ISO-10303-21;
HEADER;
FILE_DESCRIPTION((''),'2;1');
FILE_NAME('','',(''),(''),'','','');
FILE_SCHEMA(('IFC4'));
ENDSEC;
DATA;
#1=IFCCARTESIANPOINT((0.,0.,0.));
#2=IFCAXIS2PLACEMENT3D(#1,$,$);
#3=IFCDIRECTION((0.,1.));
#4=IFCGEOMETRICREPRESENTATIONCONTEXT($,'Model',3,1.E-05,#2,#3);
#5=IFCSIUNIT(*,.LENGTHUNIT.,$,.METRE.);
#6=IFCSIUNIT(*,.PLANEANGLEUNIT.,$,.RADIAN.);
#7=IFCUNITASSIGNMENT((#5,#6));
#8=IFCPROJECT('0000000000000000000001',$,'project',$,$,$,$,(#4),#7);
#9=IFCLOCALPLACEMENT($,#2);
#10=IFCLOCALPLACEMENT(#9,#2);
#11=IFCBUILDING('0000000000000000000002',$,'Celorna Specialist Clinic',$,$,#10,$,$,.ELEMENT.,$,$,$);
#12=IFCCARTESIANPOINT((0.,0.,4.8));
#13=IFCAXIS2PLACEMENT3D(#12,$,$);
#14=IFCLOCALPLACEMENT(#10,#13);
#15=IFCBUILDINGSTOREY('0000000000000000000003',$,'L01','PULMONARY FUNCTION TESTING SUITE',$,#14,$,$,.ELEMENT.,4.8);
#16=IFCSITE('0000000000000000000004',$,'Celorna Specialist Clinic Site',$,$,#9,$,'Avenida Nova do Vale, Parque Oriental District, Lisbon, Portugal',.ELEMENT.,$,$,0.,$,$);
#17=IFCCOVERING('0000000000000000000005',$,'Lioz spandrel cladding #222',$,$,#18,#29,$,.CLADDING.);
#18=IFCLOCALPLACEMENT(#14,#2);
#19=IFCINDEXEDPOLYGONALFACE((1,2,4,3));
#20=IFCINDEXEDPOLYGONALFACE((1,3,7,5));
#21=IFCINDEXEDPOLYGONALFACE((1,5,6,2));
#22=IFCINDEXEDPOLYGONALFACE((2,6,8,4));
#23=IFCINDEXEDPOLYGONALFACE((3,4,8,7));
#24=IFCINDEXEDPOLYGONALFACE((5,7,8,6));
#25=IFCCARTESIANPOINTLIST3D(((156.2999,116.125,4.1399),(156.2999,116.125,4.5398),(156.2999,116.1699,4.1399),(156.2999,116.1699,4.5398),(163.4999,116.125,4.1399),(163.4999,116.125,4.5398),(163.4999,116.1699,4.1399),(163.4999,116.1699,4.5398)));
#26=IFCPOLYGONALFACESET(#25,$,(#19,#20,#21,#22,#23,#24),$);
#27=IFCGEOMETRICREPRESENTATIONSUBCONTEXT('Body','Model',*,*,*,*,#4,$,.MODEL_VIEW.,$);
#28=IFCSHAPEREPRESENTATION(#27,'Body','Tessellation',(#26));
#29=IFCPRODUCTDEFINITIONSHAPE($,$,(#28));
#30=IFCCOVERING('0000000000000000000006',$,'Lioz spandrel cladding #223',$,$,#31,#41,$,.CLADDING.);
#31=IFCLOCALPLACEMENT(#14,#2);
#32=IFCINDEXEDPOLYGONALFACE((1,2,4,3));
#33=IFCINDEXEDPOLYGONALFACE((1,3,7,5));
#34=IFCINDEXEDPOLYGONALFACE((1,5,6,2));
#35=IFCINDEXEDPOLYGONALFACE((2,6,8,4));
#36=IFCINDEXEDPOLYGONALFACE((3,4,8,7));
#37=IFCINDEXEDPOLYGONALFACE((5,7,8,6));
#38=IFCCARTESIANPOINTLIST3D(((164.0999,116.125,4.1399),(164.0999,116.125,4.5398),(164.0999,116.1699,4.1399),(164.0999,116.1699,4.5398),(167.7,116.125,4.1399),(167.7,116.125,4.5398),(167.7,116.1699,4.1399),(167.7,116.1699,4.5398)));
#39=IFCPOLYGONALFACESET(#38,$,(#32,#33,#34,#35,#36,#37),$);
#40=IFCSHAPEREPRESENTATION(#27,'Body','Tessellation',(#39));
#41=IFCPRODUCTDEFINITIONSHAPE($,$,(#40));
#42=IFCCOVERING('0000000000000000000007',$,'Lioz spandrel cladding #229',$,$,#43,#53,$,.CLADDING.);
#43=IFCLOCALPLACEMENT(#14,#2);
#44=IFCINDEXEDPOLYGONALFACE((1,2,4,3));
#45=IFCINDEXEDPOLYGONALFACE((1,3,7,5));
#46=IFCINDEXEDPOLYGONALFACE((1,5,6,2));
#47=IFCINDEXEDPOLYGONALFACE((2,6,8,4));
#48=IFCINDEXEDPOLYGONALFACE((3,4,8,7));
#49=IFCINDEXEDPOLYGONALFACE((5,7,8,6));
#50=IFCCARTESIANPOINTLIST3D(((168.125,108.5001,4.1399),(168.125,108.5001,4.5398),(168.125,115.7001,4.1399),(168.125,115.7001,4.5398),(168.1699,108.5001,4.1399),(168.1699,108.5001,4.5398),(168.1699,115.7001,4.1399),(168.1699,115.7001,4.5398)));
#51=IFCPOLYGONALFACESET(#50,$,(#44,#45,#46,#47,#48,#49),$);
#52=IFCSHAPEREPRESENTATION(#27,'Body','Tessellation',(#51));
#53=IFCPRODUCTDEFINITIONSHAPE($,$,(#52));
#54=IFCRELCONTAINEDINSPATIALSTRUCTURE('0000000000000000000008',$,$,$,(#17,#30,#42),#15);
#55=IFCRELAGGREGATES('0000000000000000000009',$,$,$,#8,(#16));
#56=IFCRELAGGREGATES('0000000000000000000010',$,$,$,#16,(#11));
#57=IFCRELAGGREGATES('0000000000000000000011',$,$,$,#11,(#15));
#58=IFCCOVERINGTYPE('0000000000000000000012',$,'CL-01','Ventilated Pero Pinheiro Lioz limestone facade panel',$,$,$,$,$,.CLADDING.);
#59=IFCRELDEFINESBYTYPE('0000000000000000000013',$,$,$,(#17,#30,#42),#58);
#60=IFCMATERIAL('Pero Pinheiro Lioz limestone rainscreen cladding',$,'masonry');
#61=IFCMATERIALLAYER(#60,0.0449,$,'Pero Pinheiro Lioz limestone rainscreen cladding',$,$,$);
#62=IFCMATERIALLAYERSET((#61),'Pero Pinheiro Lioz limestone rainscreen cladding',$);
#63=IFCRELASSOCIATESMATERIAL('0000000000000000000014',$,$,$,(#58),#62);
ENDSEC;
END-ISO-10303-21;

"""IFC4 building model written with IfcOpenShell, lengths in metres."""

from ifc_helpers import new_model, si_unit, direction, frame, origin, origin_2d, place, context, subcontext, project, spatial, rectangle, extrude, material, layer, layer_set, type_object, element, save


model = new_model("IFC4")

# Units and contexts
model_context = context("Model", 3, precision=1e-05, world=origin(), true_north=direction((0.0, 1.0)))
body_context = subcontext(model_context, "Body", "Model", "MODEL_VIEW")
ifc_project = project(units=[si_unit("LENGTHUNIT", "METRE"), si_unit("PLANEANGLEUNIT", "RADIAN")], contexts=[model_context])

# Site, building, storey
site_placement = place(None, origin())
site = spatial("IfcSite", under=ifc_project, at=site_placement, Name="Celorna Specialist Clinic Site", LongName="Avenida Nova do Vale, Parque Oriental District, Lisbon, Portugal", CompositionType="ELEMENT", RefElevation=0.0)
building_placement = place(site_placement, origin())
building = spatial("IfcBuilding", under=site, at=building_placement, Name="Celorna Specialist Clinic", CompositionType="ELEMENT")
storey_placement = place(building_placement, frame((0.0, 0.0, 4.8)))
storey = spatial("IfcBuildingStorey", under=building, at=storey_placement, Name="L01", Description="PULMONARY FUNCTION TESTING SUITE", CompositionType="ELEMENT", Elevation=4.8)

# Coverings
ifc_material_1 = material(Name="Pero Pinheiro Lioz limestone rainscreen cladding", Category="masonry")
ifc_layer_1 = layer(ifc_material_1, 0.0449, Name="Pero Pinheiro Lioz limestone rainscreen cladding")
ifc_layer_set_1 = layer_set([ifc_layer_1], Name="Pero Pinheiro Lioz limestone rainscreen cladding")
covering_type = type_object("IfcCoveringType", Name="CL-01", Description="Ventilated Pero Pinheiro Lioz limestone facade panel", PredefinedType="CLADDING", material=ifc_layer_set_1)
covering_1_placement = place(storey_placement, frame((159.8999, 116.1475, 4.1399), z_axis=(0.0, 0.0, 1.0), x_axis=(1.0, 0.0, 0.0)))
element("IfcCovering", 1, at=covering_1_placement, inside=storey, type_object=covering_type, Name="Lioz spandrel cladding #222", PredefinedType="CLADDING", context=body_context, shape_type="SweptSolid", body=[
    extrude(rectangle(XDim=7.2, YDim=0.0449, at=origin_2d()), origin(), (0.0, 0.0, 1.0), 0.3999),
])
covering_2_placement = place(storey_placement, frame((165.8999, 116.1475, 4.1399), z_axis=(0.0, 0.0, 1.0), x_axis=(1.0, 0.0, 0.0)))
element("IfcCovering", 2, at=covering_2_placement, inside=storey, type_object=covering_type, Name="Lioz spandrel cladding #223", PredefinedType="CLADDING", context=body_context, shape_type="SweptSolid", body=[
    extrude(rectangle(XDim=3.6001, YDim=0.0449, at=origin_2d()), origin(), (0.0, 0.0, 1.0), 0.3999),
])
covering_3_placement = place(storey_placement, frame((168.1475, 112.1001, 4.1399), z_axis=(0.0, 0.0, 1.0), x_axis=(0.0, -1.0, 0.0)))
element("IfcCovering", 3, at=covering_3_placement, inside=storey, type_object=covering_type, Name="Lioz spandrel cladding #229", PredefinedType="CLADDING", context=body_context, shape_type="SweptSolid", body=[
    extrude(rectangle(XDim=7.2, YDim=0.0449, at=origin_2d()), origin(), (0.0, 0.0, 1.0), 0.3999),
])

save(model, "model.ifc")
